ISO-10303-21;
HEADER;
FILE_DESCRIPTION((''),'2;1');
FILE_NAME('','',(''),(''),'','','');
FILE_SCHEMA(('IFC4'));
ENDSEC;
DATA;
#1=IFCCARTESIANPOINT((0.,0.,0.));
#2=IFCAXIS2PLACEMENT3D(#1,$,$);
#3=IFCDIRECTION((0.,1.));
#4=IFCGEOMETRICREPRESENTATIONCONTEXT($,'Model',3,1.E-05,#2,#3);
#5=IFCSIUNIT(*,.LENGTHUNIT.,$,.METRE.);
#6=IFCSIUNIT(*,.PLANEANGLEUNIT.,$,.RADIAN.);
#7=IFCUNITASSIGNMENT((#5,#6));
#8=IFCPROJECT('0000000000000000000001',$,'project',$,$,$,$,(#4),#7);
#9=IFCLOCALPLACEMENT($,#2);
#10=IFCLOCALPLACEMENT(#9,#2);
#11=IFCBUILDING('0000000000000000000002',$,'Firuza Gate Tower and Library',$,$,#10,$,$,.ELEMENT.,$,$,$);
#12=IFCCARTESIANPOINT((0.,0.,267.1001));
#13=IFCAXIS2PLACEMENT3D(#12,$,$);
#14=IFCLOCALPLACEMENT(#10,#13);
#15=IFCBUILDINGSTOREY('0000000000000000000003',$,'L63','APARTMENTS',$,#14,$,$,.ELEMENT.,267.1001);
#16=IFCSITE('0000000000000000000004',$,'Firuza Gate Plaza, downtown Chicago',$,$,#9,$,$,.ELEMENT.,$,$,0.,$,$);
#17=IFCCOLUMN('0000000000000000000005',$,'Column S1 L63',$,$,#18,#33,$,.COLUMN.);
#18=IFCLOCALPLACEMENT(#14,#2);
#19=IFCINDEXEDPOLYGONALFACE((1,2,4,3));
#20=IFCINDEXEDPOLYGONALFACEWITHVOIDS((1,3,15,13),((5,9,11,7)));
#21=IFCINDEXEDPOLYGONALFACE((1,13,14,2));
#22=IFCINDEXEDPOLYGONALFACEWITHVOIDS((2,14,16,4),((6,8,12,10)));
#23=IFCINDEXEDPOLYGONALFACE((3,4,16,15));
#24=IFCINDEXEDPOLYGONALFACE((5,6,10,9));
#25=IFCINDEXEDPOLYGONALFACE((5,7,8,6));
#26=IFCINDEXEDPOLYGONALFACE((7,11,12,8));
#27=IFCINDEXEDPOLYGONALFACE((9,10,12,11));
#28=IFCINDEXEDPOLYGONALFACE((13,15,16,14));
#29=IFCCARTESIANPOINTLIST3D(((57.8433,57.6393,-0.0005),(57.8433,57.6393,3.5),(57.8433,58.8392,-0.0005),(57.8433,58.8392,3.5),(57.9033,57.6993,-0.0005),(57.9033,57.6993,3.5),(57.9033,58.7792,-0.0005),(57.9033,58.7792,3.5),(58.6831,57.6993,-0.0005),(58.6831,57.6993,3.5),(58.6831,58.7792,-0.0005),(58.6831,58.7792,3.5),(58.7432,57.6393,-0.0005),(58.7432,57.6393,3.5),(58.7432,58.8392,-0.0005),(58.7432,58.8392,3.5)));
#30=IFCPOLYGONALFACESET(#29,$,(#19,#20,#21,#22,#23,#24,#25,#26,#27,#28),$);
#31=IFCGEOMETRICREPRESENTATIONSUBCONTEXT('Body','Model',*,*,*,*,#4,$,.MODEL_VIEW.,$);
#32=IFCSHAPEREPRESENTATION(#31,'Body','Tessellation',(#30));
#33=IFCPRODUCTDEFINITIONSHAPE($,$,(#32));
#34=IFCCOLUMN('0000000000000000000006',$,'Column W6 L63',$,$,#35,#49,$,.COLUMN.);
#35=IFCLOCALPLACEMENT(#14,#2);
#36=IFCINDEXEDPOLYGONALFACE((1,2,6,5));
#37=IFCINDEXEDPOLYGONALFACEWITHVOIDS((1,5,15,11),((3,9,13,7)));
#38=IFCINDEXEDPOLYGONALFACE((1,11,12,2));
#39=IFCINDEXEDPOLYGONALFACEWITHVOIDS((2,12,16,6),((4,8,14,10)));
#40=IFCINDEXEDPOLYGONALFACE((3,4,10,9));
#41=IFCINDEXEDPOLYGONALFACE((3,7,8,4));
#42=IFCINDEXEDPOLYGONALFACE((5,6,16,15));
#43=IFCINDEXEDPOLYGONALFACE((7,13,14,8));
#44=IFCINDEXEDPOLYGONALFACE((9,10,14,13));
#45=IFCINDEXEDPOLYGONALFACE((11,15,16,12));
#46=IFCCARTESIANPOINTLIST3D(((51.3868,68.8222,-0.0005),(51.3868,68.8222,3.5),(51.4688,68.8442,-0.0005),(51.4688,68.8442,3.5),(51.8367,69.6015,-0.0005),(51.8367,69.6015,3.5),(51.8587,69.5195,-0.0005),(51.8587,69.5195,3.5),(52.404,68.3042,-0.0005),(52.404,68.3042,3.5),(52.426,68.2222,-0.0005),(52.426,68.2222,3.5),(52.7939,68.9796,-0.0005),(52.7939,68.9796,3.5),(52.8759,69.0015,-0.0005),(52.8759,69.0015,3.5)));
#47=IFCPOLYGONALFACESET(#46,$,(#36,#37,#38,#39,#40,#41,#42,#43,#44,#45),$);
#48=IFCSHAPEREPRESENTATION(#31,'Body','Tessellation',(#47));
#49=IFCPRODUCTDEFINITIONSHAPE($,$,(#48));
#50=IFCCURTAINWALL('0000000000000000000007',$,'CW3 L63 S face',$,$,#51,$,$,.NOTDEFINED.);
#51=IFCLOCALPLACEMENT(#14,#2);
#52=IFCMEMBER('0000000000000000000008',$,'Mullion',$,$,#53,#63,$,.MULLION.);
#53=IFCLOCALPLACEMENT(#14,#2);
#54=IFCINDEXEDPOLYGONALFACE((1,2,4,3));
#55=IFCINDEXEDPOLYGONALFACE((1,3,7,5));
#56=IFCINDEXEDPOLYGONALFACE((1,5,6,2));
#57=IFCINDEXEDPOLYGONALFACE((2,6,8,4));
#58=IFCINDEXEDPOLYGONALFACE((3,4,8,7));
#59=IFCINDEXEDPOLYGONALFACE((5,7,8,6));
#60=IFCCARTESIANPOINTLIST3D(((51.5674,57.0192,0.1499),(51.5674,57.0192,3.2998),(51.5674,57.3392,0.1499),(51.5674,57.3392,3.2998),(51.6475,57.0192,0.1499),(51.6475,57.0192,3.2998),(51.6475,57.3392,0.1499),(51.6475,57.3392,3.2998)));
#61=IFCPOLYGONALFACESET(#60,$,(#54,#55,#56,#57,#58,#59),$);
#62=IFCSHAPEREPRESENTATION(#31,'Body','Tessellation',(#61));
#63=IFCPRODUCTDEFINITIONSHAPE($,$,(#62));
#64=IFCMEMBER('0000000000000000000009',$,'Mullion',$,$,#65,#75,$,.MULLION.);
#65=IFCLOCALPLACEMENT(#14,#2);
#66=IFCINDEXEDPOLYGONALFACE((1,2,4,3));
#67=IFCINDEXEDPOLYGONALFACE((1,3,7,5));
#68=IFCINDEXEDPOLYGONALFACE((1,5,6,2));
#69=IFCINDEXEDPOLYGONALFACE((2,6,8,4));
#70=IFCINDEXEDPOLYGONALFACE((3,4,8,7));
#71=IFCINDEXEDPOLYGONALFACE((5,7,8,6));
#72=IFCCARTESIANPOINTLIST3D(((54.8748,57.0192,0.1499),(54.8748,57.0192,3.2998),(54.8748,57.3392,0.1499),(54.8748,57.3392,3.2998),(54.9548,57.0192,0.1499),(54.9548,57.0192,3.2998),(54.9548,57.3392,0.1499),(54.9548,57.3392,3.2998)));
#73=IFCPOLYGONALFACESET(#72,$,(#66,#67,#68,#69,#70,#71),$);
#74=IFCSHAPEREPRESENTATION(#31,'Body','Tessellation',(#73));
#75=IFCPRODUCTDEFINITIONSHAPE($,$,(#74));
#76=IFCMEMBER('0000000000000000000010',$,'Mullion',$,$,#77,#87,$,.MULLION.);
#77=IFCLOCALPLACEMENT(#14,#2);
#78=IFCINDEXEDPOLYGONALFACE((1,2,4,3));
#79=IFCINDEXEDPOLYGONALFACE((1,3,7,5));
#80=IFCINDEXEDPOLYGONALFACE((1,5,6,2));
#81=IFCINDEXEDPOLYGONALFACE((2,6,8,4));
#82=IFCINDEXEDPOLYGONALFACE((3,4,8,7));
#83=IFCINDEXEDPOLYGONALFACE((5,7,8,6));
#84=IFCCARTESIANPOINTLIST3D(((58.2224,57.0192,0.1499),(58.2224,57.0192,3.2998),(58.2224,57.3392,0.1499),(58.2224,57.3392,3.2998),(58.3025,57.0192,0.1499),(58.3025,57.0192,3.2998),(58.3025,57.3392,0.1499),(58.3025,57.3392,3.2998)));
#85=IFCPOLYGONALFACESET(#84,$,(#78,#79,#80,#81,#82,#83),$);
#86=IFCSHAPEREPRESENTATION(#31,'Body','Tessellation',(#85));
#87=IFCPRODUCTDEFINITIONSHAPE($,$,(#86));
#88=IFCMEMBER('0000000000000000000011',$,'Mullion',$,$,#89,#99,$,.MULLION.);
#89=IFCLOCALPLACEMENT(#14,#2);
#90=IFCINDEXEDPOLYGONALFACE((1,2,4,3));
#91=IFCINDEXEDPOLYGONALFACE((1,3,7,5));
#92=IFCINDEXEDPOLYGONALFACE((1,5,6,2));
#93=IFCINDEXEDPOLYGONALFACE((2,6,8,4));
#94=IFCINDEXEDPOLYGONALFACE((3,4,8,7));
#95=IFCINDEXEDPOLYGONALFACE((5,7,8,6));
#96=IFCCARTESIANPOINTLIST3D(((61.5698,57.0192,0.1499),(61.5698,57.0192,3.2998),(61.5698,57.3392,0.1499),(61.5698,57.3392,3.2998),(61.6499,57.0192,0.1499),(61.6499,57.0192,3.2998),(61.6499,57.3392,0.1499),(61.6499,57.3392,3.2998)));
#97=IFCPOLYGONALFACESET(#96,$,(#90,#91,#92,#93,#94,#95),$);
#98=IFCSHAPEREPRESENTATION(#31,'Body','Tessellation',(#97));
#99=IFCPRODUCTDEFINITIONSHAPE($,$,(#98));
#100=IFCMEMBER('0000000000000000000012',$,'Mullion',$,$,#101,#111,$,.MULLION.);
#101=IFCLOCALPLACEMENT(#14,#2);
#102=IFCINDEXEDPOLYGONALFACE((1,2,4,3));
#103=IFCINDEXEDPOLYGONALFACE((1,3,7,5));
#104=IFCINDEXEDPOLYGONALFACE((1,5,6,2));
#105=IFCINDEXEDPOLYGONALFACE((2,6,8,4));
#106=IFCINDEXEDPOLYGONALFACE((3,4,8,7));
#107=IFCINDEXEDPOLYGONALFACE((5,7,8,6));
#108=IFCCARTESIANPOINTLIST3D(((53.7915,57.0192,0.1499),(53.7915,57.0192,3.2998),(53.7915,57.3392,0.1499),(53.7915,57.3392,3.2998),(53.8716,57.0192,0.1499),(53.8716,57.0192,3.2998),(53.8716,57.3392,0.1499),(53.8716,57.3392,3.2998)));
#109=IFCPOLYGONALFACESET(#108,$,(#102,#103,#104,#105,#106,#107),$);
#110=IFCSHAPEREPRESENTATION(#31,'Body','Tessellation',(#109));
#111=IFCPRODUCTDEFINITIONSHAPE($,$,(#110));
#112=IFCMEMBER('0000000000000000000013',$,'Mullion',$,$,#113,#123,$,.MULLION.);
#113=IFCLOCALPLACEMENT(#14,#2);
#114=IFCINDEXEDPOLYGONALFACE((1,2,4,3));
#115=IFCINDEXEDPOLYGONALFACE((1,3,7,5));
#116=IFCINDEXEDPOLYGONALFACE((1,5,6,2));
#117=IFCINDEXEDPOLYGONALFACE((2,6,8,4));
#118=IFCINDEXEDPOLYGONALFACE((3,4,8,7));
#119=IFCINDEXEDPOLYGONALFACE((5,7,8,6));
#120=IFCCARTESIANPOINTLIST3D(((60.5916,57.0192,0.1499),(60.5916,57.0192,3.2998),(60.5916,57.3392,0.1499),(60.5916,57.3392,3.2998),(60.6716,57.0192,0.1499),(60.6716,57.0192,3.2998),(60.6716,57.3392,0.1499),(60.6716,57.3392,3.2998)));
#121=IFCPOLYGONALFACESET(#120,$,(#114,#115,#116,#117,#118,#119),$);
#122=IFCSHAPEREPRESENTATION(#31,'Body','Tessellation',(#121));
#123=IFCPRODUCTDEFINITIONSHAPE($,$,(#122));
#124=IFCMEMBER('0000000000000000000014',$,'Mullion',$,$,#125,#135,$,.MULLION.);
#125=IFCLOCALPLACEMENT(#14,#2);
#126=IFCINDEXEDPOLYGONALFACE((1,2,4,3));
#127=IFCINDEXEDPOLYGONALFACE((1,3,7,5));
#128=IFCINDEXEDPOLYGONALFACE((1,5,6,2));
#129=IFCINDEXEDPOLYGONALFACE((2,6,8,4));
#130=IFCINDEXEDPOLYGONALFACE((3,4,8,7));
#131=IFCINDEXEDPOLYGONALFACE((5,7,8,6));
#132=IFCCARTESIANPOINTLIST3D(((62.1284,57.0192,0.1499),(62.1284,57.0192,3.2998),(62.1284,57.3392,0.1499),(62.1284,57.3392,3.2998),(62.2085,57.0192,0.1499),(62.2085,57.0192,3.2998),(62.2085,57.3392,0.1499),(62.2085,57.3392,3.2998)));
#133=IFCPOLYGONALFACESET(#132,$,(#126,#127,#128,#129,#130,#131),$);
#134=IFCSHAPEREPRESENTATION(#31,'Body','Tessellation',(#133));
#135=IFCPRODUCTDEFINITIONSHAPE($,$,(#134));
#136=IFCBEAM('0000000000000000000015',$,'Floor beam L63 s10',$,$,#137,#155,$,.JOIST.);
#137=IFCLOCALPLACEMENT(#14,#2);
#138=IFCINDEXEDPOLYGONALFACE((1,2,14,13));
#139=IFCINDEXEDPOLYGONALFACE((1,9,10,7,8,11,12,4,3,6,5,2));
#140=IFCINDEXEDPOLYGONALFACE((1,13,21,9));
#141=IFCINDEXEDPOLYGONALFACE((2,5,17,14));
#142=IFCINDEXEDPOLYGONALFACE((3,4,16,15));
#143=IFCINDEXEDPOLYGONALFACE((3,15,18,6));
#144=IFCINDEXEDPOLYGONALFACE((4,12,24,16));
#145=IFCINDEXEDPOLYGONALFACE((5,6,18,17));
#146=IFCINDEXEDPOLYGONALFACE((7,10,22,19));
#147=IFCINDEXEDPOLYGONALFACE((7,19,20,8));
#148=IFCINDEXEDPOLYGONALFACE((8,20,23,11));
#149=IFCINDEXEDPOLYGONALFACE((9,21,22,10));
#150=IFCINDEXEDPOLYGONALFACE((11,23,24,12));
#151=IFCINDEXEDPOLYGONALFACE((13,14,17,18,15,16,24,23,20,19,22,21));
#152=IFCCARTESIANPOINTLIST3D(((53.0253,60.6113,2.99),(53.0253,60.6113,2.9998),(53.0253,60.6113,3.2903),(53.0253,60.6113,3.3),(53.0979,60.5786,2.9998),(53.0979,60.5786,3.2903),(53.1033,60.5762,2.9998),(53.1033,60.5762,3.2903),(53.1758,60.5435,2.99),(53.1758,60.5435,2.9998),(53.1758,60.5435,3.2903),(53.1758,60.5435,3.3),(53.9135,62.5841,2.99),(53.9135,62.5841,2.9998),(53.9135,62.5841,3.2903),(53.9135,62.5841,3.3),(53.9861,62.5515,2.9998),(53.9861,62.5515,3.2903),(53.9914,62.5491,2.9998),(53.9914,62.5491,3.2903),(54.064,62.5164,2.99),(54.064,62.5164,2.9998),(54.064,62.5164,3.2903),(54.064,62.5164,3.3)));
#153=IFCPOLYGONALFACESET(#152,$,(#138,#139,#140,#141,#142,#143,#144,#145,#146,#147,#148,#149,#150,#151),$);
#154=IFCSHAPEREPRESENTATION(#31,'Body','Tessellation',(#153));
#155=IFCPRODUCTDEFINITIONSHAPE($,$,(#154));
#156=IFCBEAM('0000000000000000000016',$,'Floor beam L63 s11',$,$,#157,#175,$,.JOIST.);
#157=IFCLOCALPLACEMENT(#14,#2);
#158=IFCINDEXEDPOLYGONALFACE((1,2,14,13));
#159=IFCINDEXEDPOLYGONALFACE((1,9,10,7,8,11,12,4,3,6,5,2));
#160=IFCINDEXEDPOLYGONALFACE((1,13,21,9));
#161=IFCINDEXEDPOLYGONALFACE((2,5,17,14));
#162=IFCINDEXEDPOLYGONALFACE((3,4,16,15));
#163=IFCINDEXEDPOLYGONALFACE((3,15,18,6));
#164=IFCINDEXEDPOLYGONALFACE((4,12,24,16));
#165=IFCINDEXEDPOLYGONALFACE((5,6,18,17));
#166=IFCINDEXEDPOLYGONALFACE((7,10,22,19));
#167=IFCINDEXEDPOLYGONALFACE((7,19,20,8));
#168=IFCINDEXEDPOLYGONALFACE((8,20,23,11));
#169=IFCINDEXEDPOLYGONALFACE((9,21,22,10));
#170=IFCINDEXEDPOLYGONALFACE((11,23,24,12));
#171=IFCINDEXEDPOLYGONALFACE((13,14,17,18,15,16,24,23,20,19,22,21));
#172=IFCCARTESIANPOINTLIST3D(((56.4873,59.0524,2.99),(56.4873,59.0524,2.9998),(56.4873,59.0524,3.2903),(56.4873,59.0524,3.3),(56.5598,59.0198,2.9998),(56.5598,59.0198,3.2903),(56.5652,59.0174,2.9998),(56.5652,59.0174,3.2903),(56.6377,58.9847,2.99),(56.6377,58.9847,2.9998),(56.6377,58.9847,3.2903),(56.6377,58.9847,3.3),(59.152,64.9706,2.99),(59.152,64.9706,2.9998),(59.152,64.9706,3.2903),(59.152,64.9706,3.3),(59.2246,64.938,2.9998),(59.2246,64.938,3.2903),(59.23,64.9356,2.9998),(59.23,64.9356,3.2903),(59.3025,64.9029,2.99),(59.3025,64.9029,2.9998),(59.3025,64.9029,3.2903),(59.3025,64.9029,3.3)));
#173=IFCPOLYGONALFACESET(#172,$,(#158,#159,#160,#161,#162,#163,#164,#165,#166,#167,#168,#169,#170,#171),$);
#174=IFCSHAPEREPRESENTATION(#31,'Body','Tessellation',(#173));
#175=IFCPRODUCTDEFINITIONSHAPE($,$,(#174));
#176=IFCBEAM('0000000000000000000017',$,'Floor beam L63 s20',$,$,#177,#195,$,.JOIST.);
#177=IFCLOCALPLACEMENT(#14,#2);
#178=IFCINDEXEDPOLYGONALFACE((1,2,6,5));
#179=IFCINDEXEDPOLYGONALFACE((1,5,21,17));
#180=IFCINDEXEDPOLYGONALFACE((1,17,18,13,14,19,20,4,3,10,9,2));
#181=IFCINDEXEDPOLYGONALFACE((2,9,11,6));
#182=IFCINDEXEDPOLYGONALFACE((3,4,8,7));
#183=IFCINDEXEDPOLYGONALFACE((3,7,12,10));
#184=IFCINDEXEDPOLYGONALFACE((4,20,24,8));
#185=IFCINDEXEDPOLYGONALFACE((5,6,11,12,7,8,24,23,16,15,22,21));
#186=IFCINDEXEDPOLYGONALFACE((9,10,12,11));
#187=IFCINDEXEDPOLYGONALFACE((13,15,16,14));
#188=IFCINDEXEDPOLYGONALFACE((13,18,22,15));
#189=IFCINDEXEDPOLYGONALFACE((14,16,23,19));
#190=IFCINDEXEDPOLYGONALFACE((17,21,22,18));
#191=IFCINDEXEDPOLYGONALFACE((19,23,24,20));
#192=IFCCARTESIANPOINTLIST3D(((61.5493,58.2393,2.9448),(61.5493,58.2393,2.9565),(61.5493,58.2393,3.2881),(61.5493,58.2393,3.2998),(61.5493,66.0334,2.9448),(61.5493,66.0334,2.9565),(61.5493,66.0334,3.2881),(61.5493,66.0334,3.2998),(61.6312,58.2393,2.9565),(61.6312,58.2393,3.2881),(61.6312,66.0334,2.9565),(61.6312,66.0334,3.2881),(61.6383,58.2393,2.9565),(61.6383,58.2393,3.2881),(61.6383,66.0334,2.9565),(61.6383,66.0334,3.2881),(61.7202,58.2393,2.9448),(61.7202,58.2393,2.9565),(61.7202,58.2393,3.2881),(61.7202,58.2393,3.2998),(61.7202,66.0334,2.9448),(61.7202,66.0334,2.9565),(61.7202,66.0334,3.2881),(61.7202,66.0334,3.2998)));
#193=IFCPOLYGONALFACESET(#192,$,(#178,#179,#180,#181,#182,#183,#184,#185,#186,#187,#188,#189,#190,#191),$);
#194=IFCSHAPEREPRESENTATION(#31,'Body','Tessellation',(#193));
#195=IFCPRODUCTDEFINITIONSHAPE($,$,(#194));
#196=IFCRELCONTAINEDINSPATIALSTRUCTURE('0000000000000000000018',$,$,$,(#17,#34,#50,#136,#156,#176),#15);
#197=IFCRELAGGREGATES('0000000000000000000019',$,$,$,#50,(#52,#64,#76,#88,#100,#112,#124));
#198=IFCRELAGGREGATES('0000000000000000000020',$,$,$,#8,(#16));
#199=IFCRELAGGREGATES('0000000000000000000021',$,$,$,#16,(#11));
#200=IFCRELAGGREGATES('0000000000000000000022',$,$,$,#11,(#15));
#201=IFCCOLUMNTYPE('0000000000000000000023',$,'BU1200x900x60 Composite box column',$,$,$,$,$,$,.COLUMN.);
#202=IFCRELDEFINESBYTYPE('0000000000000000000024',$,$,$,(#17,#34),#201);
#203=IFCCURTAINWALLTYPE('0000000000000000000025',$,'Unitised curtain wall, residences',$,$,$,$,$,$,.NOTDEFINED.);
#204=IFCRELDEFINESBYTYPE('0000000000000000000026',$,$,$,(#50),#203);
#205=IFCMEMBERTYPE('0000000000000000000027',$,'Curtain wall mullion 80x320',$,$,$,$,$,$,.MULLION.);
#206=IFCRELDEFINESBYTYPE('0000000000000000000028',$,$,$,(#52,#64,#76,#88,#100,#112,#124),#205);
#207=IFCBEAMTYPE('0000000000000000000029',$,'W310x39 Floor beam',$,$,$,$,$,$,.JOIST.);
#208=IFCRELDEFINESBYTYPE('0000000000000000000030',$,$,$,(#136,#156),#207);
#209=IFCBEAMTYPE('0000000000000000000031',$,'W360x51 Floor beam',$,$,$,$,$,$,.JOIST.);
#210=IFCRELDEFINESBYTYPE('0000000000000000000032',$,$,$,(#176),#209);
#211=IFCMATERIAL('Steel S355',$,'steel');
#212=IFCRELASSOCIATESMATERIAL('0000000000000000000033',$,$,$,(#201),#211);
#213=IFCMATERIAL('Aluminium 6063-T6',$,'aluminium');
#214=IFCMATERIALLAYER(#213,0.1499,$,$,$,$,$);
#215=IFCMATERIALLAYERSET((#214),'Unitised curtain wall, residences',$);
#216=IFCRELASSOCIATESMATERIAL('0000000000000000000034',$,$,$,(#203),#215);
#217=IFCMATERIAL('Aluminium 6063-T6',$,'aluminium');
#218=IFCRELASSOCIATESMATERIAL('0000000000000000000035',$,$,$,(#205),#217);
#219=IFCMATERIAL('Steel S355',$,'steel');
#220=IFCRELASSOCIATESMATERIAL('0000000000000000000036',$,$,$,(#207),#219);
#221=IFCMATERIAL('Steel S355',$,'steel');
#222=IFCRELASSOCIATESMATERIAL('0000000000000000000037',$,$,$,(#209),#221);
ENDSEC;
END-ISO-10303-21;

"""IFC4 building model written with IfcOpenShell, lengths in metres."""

from ifc_helpers import new_model, si_unit, direction, frame, origin, origin_2d, place, context, subcontext, project, spatial, rectangle, hollow_rectangle, i_section, extrude, material, layer, layer_set, material_profile, profile_set, type_object, element, aggregate, save


model = new_model("IFC4")

# Units and contexts
model_context = context("Model", 3, precision=1e-05, world=origin(), true_north=direction((0.0, 1.0)))
body_context = subcontext(model_context, "Body", "Model", "MODEL_VIEW")
ifc_project = project(units=[si_unit("LENGTHUNIT", "METRE"), si_unit("PLANEANGLEUNIT", "RADIAN")], contexts=[model_context])

# Site, building, storey
site_placement = place(None, origin())
site = spatial("IfcSite", under=ifc_project, at=site_placement, Name="Firuza Gate Plaza, downtown Chicago", CompositionType="ELEMENT", RefElevation=0.0)
building_placement = place(site_placement, origin())
building = spatial("IfcBuilding", under=site, at=building_placement, Name="Firuza Gate Tower and Library", CompositionType="ELEMENT")
storey_placement = place(building_placement, frame((0.0, 0.0, 267.1001)))
storey = spatial("IfcBuildingStorey", under=building, at=storey_placement, Name="L63", Description="APARTMENTS", CompositionType="ELEMENT", Elevation=267.1001)

# Columns
ifc_material_1 = material(Name="Steel S355", Category="steel")
ifc_material_profile_1 = material_profile(ifc_material_1, hollow_rectangle(XDim=0.8999, YDim=1.2, WallThickness=0.0601, at=origin_2d()))
ifc_profile_set_1 = profile_set([ifc_material_profile_1], Name="Steel S355")
column_type = type_object("IfcColumnType", Name="BU1200x900x60 Composite box column", PredefinedType="COLUMN", material=ifc_profile_set_1)
for number, where, z_axis, x_axis, name in (
    (1, (58.2932, 58.2393, -0.0005), (0.0, 0.0, 1.0), (1.0, 0.0, 0.0), "Column S1 L63"),
    (2, (52.1313, 68.9119, -0.0005), (0.0, 0.0, 1.0), (-0.5, -0.866025, 0.0), "Column W6 L63"),
):
    element("IfcColumn", number, at=place(storey_placement, frame(where, z_axis=z_axis, x_axis=x_axis)), inside=storey, type_object=column_type, Name=name, PredefinedType="COLUMN", context=body_context, shape_type="SweptSolid", body=[
        extrude(hollow_rectangle(XDim=0.8999, YDim=1.2, WallThickness=0.0601, at=origin_2d()), origin(), (0.0, 0.0, 1.0), 3.5005),
    ])

# Curtain wall, members
ifc_material_2 = material(Name="Aluminium 6063-T6", Category="aluminium")
ifc_layer_1 = layer(ifc_material_2, 0.1499)
ifc_layer_set_1 = layer_set([ifc_layer_1], Name="Unitised curtain wall, residences")
curtain_wall_type = type_object("IfcCurtainWallType", Name="Unitised curtain wall, residences", PredefinedType="NOTDEFINED", material=ifc_layer_set_1)
curtain_wall_placement = place(storey_placement, origin())
curtain_wall = element("IfcCurtainWall", 3, at=curtain_wall_placement, inside=storey, type_object=curtain_wall_type, Name="CW3 L63 S face", PredefinedType="NOTDEFINED")
ifc_material_3 = material(Name="Aluminium 6063-T6", Category="aluminium")
ifc_material_profile_2 = material_profile(ifc_material_3, rectangle(XDim=0.3201, YDim=0.0801, at=origin_2d()))
ifc_profile_set_2 = profile_set([ifc_material_profile_2], Name="Aluminium 6063-T6")
member_type = type_object("IfcMemberType", Name="Curtain wall mullion 80x320", PredefinedType="MULLION", material=ifc_profile_set_2)
member_1_placement = place(storey_placement, frame((51.6074, 57.1792, 0.1499), z_axis=(0.0, 0.0, 1.0), x_axis=(0.0, 1.0, 0.0)))
member_1 = element("IfcMember", 4, at=member_1_placement, type_object=member_type, Name="Mullion", PredefinedType="MULLION", context=body_context, shape_type="SweptSolid", body=[
    extrude(rectangle(XDim=0.3201, YDim=0.0801, at=origin_2d()), origin(), (0.0, 0.0, 1.0), 3.1499),
])
member_2_placement = place(storey_placement, frame((54.9148, 57.1792, 0.1499), z_axis=(0.0, 0.0, 1.0), x_axis=(0.0, 1.0, 0.0)))
member_2 = element("IfcMember", 5, at=member_2_placement, type_object=member_type, Name="Mullion", PredefinedType="MULLION", context=body_context, shape_type="SweptSolid", body=[
    extrude(rectangle(XDim=0.3201, YDim=0.0801, at=origin_2d()), origin(), (0.0, 0.0, 1.0), 3.1499),
])
member_3_placement = place(storey_placement, frame((58.2625, 57.1792, 0.1499), z_axis=(0.0, 0.0, 1.0), x_axis=(0.0, 1.0, 0.0)))
member_3 = element("IfcMember", 6, at=member_3_placement, type_object=member_type, Name="Mullion", PredefinedType="MULLION", context=body_context, shape_type="SweptSolid", body=[
    extrude(rectangle(XDim=0.3201, YDim=0.0801, at=origin_2d()), origin(), (0.0, 0.0, 1.0), 3.1499),
])
member_4_placement = place(storey_placement, frame((61.6099, 57.1792, 0.1499), z_axis=(0.0, 0.0, 1.0), x_axis=(0.0, 1.0, 0.0)))
member_4 = element("IfcMember", 7, at=member_4_placement, type_object=member_type, Name="Mullion", PredefinedType="MULLION", context=body_context, shape_type="SweptSolid", body=[
    extrude(rectangle(XDim=0.3201, YDim=0.0801, at=origin_2d()), origin(), (0.0, 0.0, 1.0), 3.1499),
])
member_5_placement = place(storey_placement, frame((53.8315, 57.1792, 0.1499), z_axis=(0.0, 0.0, 1.0), x_axis=(0.0, 1.0, 0.0)))
member_5 = element("IfcMember", 8, at=member_5_placement, type_object=member_type, Name="Mullion", PredefinedType="MULLION", context=body_context, shape_type="SweptSolid", body=[
    extrude(rectangle(XDim=0.3201, YDim=0.0801, at=origin_2d()), origin(), (0.0, 0.0, 1.0), 3.1499),
])
member_6_placement = place(storey_placement, frame((60.6316, 57.1792, 0.1499), z_axis=(0.0, 0.0, 1.0), x_axis=(0.0, 1.0, 0.0)))
member_6 = element("IfcMember", 9, at=member_6_placement, type_object=member_type, Name="Mullion", PredefinedType="MULLION", context=body_context, shape_type="SweptSolid", body=[
    extrude(rectangle(XDim=0.3201, YDim=0.0801, at=origin_2d()), origin(), (0.0, 0.0, 1.0), 3.1499),
])
member_7_placement = place(storey_placement, frame((62.1685, 57.1792, 0.1499), z_axis=(0.0, 0.0, 1.0), x_axis=(0.0, 1.0, 0.0)))
member_7 = element("IfcMember", 10, at=member_7_placement, type_object=member_type, Name="Mullion", PredefinedType="MULLION", context=body_context, shape_type="SweptSolid", body=[
    extrude(rectangle(XDim=0.3201, YDim=0.0801, at=origin_2d()), origin(), (0.0, 0.0, 1.0), 3.1499),
])

# Beams
ifc_material_4 = material(Name="Steel S355", Category="steel")
ifc_material_profile_3 = material_profile(ifc_material_4, i_section(OverallWidth=0.165, OverallDepth=0.3101, WebThickness=0.0059, FlangeThickness=0.0098, at=origin_2d()))
ifc_profile_set_3 = profile_set([ifc_material_profile_3], Name="Steel S355")
beam_type_1 = type_object("IfcBeamType", Name="W310x39 Floor beam", PredefinedType="JOIST", material=ifc_profile_set_3)
beam_1_placement = place(storey_placement, frame((53.1006, 60.5774, 3.145), z_axis=(0.41051, 0.911856, 0.0), x_axis=(-0.911856, 0.41051, 0.0)))
element("IfcBeam", 11, at=beam_1_placement, inside=storey, type_object=beam_type_1, Name="Floor beam L63 s10", PredefinedType="JOIST", context=body_context, shape_type="SweptSolid", body=[
    extrude(i_section(OverallWidth=0.165, OverallDepth=0.3101, WebThickness=0.0059, FlangeThickness=0.0098, at=origin_2d()), origin(), (0.0, 0.0, 1.0), 2.1636),
])
beam_2_placement = place(storey_placement, frame((56.5625, 59.0186, 3.145), z_axis=(0.41057, 0.911829, 0.0), x_axis=(-0.911829, 0.41057, 0.0)))
element("IfcBeam", 12, at=beam_2_placement, inside=storey, type_object=beam_type_1, Name="Floor beam L63 s11", PredefinedType="JOIST", context=body_context, shape_type="SweptSolid", body=[
    extrude(i_section(OverallWidth=0.165, OverallDepth=0.3101, WebThickness=0.0059, FlangeThickness=0.0098, at=origin_2d()), origin(), (0.0, 0.0, 1.0), 6.4905),
])
ifc_material_5 = material(Name="Steel S355", Category="steel")
ifc_material_profile_4 = material_profile(ifc_material_5, i_section(OverallWidth=0.1709, OverallDepth=0.355, WebThickness=0.0071, FlangeThickness=0.0117, at=origin_2d()))
ifc_profile_set_4 = profile_set([ifc_material_profile_4], Name="Steel S355")
beam_type_2 = type_object("IfcBeamType", Name="W360x51 Floor beam", PredefinedType="JOIST", material=ifc_profile_set_4)
beam_3_placement = place(storey_placement, frame((61.6348, 58.2393, 3.1223), z_axis=(0.0, 1.0, 0.0), x_axis=(-1.0, 0.0, 0.0)))
element("IfcBeam", 13, at=beam_3_placement, inside=storey, type_object=beam_type_2, Name="Floor beam L63 s20", PredefinedType="JOIST", context=body_context, shape_type="SweptSolid", body=[
    extrude(i_section(OverallWidth=0.1709, OverallDepth=0.355, WebThickness=0.0071, FlangeThickness=0.0117, at=origin_2d()), origin(), (0.0, 0.0, 1.0), 7.7942),
])

aggregate(curtain_wall, [member_1, member_2, member_3, member_4, member_5, member_6, member_7])

save(model, "model.ifc")
